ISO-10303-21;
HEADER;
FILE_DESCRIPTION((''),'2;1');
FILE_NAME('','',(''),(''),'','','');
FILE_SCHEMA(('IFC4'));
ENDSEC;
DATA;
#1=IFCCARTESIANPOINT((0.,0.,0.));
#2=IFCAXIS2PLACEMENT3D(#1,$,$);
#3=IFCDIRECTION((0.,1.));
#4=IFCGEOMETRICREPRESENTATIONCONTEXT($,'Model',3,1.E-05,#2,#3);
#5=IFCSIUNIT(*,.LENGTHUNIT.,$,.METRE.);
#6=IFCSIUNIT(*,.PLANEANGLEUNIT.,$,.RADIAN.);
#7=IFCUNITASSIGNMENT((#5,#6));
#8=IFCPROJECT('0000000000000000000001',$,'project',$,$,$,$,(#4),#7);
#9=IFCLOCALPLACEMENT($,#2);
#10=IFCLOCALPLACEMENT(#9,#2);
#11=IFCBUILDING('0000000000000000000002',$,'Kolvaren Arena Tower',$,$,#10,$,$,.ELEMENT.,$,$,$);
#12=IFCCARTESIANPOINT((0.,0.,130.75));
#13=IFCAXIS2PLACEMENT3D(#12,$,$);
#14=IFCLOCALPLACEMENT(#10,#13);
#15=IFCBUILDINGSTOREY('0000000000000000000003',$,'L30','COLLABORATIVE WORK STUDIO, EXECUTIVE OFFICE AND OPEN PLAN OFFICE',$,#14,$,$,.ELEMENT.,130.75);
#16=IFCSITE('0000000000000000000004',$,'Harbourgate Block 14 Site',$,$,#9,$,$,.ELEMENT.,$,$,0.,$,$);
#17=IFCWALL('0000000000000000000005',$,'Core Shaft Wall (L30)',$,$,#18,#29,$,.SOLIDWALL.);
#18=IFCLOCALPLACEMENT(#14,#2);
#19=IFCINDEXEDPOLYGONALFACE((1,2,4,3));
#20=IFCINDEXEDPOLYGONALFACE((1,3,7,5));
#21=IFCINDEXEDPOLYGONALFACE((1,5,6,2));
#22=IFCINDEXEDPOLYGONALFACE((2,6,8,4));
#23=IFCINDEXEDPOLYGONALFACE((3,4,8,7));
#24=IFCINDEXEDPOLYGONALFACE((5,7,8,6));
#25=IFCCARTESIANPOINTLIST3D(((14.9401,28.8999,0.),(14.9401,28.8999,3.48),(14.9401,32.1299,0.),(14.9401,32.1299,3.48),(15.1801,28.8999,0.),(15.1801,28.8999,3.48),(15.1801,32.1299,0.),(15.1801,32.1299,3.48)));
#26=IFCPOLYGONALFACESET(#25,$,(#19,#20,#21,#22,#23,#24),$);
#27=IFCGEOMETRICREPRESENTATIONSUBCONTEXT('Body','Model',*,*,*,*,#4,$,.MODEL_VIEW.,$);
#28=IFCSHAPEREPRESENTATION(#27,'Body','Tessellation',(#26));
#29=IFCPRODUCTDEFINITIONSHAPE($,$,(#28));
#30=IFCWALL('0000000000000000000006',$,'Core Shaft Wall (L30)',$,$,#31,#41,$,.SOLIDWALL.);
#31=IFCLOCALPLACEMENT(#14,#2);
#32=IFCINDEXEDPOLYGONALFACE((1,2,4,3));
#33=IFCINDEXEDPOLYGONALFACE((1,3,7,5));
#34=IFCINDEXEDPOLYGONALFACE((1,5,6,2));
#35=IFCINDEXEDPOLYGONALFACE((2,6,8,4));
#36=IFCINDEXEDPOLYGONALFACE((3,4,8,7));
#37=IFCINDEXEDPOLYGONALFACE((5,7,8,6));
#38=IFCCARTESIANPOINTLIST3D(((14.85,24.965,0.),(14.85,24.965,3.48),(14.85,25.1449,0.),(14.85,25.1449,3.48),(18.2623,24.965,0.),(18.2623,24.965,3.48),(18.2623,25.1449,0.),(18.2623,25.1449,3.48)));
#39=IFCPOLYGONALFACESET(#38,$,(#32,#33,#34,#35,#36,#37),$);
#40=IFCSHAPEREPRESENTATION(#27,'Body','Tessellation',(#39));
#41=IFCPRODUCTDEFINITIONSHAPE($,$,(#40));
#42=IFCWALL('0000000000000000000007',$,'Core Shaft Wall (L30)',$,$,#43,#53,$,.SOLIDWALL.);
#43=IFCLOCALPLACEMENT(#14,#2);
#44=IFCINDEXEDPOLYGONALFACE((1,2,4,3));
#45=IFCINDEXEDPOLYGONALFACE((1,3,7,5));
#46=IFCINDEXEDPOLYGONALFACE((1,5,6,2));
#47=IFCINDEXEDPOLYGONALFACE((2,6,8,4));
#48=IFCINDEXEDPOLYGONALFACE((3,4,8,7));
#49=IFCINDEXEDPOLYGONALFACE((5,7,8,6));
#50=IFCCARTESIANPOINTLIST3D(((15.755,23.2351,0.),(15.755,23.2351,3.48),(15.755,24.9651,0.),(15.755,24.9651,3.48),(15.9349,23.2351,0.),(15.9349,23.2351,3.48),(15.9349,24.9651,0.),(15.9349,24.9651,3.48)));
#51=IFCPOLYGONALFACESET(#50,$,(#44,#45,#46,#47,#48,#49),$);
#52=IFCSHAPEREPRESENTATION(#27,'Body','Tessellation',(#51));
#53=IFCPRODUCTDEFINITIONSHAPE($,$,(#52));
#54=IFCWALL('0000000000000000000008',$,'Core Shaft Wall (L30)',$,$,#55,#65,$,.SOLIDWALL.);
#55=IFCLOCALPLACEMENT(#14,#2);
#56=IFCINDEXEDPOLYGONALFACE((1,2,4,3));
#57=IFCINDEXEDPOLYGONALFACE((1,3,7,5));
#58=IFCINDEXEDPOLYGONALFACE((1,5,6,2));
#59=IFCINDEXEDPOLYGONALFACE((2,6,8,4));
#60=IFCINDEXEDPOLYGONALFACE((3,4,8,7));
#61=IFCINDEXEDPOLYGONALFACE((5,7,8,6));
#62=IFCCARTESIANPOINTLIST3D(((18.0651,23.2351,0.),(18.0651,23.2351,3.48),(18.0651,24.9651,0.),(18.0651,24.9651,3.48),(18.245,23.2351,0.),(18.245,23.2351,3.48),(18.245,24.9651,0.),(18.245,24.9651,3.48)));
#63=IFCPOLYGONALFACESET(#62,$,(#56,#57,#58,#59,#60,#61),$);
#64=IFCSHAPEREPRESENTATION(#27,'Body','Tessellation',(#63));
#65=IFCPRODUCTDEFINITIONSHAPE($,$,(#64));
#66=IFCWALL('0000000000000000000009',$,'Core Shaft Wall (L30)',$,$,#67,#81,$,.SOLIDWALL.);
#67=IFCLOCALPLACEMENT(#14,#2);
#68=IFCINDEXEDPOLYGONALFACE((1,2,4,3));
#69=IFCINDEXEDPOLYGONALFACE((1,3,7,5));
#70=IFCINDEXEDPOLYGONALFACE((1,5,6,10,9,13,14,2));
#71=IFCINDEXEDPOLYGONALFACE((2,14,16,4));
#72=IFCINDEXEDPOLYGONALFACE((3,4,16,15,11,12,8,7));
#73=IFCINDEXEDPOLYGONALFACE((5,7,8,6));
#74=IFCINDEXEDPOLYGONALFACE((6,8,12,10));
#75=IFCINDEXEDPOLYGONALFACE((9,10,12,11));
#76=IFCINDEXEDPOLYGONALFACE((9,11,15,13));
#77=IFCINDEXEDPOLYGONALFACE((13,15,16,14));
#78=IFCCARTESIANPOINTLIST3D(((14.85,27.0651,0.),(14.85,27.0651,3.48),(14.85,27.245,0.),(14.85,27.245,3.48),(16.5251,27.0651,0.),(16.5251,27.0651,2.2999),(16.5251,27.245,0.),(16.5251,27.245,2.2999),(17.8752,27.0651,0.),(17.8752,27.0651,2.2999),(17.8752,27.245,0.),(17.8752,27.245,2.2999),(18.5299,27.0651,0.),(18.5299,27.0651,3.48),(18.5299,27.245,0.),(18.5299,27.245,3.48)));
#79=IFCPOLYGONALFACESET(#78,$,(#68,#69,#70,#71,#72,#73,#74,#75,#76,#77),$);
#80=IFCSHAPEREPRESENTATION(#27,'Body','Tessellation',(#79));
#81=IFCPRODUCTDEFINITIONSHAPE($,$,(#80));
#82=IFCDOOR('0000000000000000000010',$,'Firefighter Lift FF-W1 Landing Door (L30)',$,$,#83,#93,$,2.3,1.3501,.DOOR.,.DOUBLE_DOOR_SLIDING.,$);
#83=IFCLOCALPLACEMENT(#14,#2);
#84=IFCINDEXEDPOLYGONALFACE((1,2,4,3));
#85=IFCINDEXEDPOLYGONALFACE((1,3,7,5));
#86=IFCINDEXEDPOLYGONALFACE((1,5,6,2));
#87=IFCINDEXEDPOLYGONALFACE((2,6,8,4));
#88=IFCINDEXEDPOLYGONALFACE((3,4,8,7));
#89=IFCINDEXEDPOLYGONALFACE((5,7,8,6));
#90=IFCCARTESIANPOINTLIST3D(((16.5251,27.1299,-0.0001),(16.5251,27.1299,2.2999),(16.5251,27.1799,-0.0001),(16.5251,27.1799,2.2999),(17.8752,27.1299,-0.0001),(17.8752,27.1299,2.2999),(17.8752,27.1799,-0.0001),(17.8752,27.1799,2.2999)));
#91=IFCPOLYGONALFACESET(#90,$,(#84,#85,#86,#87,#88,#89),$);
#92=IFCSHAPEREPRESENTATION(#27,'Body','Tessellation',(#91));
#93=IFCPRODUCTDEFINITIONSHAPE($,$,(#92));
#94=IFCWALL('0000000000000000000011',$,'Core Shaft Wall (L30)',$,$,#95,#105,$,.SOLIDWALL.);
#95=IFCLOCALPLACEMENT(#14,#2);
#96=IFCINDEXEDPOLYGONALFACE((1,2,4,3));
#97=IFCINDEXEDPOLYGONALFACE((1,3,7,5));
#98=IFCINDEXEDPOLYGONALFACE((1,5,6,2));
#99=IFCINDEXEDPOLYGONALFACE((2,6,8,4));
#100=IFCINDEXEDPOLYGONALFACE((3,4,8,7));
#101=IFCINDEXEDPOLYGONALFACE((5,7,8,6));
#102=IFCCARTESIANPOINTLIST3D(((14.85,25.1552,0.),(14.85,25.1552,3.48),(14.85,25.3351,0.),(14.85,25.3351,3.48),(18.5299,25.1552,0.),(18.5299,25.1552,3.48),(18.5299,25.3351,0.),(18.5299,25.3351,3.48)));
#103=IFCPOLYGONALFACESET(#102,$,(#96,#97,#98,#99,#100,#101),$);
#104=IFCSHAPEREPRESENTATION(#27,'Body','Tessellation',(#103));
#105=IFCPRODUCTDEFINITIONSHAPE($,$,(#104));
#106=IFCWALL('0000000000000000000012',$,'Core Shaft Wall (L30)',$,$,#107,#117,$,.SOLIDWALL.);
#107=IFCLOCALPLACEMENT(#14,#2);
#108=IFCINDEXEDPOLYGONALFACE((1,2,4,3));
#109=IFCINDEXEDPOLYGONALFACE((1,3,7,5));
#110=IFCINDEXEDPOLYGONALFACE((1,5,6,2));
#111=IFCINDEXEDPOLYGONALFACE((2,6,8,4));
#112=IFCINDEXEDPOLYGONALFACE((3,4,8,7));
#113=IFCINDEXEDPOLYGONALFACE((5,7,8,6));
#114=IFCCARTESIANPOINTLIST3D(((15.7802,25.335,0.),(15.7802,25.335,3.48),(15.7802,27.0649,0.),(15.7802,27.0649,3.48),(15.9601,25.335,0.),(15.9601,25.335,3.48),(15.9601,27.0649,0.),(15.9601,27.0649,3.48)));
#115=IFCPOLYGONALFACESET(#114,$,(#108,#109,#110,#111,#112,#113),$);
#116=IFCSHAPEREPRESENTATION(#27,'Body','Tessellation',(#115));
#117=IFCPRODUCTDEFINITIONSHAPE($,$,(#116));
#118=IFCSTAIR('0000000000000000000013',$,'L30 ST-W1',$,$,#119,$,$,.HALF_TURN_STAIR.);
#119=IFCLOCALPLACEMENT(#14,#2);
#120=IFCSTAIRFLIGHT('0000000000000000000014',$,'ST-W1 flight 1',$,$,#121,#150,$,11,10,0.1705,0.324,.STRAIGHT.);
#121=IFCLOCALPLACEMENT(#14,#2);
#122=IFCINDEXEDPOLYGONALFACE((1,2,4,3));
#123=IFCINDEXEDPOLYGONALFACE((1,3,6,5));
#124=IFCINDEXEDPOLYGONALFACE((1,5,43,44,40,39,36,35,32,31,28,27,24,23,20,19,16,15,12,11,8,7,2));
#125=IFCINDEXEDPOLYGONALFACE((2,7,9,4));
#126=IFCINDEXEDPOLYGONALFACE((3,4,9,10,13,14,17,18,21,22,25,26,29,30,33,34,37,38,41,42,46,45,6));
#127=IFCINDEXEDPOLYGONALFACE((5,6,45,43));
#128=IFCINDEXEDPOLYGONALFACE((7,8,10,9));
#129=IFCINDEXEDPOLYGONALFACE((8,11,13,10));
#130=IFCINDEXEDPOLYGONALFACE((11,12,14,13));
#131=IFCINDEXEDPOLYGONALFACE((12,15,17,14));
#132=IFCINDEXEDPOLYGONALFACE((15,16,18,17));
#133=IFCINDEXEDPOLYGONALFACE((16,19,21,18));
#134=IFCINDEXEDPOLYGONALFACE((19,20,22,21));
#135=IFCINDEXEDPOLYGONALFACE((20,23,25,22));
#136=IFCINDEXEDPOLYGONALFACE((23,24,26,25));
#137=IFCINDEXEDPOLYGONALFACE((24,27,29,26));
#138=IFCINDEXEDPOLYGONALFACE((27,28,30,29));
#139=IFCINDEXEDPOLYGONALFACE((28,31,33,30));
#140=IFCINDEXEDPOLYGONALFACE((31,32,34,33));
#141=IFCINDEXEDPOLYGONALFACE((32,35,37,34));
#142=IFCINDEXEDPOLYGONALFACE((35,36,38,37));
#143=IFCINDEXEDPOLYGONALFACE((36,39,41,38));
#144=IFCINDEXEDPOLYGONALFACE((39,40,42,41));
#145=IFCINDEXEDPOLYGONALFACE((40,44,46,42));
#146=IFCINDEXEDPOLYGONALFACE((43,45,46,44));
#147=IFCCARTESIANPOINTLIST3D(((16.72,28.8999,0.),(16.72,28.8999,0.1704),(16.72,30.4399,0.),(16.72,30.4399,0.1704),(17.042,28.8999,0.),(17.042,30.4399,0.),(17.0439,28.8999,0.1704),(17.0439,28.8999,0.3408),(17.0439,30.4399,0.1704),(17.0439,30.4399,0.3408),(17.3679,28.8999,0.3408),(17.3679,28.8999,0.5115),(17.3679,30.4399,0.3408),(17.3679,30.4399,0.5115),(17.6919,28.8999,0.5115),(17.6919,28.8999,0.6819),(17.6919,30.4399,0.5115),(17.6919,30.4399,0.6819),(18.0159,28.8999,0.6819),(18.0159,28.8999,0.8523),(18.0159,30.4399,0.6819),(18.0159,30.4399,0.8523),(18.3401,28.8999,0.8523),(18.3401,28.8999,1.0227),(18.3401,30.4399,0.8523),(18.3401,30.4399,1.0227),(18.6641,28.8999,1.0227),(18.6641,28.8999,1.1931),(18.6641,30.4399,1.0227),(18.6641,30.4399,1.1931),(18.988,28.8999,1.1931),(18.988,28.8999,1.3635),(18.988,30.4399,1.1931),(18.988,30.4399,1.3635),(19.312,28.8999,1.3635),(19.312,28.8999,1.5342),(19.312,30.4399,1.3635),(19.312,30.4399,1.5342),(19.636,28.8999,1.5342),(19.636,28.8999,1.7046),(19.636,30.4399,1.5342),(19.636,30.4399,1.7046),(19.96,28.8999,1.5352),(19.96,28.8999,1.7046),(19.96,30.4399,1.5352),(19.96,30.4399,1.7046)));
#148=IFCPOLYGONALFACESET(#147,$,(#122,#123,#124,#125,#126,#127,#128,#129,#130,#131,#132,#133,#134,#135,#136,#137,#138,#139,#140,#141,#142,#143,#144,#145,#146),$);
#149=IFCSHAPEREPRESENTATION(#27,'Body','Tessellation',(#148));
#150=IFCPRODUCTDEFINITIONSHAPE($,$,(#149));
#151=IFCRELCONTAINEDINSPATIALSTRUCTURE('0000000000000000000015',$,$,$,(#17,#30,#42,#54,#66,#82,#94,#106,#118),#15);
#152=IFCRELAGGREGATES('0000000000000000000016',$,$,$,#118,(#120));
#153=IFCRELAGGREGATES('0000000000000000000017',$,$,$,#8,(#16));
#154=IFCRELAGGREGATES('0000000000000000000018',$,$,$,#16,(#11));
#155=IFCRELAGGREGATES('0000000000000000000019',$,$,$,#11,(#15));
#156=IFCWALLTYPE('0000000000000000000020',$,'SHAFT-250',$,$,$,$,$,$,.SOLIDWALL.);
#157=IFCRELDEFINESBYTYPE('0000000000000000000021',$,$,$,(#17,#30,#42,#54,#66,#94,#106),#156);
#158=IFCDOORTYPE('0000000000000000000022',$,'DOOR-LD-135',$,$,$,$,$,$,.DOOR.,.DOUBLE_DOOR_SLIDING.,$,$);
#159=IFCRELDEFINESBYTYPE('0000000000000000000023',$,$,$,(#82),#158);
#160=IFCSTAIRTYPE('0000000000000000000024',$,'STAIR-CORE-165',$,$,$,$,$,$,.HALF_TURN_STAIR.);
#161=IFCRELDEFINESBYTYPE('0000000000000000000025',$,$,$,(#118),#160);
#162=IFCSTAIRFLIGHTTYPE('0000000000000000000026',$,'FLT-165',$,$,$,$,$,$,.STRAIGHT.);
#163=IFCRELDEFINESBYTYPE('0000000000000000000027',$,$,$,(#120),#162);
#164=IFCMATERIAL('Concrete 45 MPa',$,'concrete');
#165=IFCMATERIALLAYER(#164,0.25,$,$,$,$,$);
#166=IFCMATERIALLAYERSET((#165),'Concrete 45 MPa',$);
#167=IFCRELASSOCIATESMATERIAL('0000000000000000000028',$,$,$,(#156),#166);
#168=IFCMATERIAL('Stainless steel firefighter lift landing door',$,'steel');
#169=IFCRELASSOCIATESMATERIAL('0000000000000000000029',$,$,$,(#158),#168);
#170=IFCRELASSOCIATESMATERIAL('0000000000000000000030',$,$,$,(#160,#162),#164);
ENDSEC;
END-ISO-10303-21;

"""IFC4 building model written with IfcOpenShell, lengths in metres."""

from ifc_helpers import new_model, si_unit, direction, frame, frame_2d, origin, place, context, subcontext, project, spatial, polyline, rectangle, outline, extrude, material, layer, layer_set, type_object, element, fill, aggregate, save


model = new_model("IFC4")

# Units and contexts
model_context = context("Model", 3, precision=1e-05, world=origin(), true_north=direction((0.0, 1.0)))
body_context = subcontext(model_context, "Body", "Model", "MODEL_VIEW")
ifc_project = project(units=[si_unit("LENGTHUNIT", "METRE"), si_unit("PLANEANGLEUNIT", "RADIAN")], contexts=[model_context])

# Site, building, storey
site_placement = place(None, origin())
site = spatial("IfcSite", under=ifc_project, at=site_placement, Name="Harbourgate Block 14 Site", CompositionType="ELEMENT", RefElevation=0.0)
building_placement = place(site_placement, origin())
building = spatial("IfcBuilding", under=site, at=building_placement, Name="Kolvaren Arena Tower", CompositionType="ELEMENT")
storey_placement = place(building_placement, frame((0.0, 0.0, 130.75)))
storey = spatial("IfcBuildingStorey", under=building, at=storey_placement, Name="L30", Description="COLLABORATIVE WORK STUDIO, EXECUTIVE OFFICE AND OPEN PLAN OFFICE", CompositionType="ELEMENT", Elevation=130.75)

# Walls
ifc_material_1 = material(Name="Concrete 45 MPa", Category="concrete")
ifc_layer_1 = layer(ifc_material_1, 0.25)
ifc_layer_set_1 = layer_set([ifc_layer_1], Name="Concrete 45 MPa")
wall_type_1 = type_object("IfcWallType", Name="SHAFT-250", PredefinedType="SOLIDWALL", material=ifc_layer_set_1)
wall_1_placement = place(storey_placement, frame((15.0601, 28.8999, 0.0), z_axis=(0.0, 0.0, 1.0), x_axis=(0.0, 1.0, 0.0)))
element("IfcWall", 1, at=wall_1_placement, inside=storey, type_object=wall_type_1, Name="Core Shaft Wall (L30)", PredefinedType="SOLIDWALL", context=body_context, shape_type="SweptSolid", body=[
    extrude(rectangle(XDim=3.23, YDim=0.24, at=frame_2d((1.615, 0.0))), origin(), (0.0, 0.0, 1.0), 3.48),
])
wall_2_placement = place(storey_placement, frame((14.8501, 25.0549, 0.0), z_axis=(0.0, 0.0, 1.0), x_axis=(1.0, 0.0, 0.0)))
element("IfcWall", 2, at=wall_2_placement, inside=storey, type_object=wall_type_1, Name="Core Shaft Wall (L30)", PredefinedType="SOLIDWALL", context=body_context, shape_type="SweptSolid", body=[
    extrude(rectangle(XDim=3.4124, YDim=0.1799, at=frame_2d((1.7061, 0.0))), origin(), (0.0, 0.0, 1.0), 3.48),
])
for number, where, z_axis, x_axis, name in (
    (3, (15.845, 23.2351, 0.0), (0.0, 0.0, 1.0), (0.0, 1.0, 0.0), "Core Shaft Wall (L30)"),
    (4, (18.155, 23.2351, 0.0), (0.0, 0.0, 1.0), (0.0, 1.0, 0.0), "Core Shaft Wall (L30)"),
):
    element("IfcWall", number, at=place(storey_placement, frame(where, z_axis=z_axis, x_axis=x_axis)), inside=storey, type_object=wall_type_1, Name=name, PredefinedType="SOLIDWALL", context=body_context, shape_type="SweptSolid", body=[
        extrude(rectangle(XDim=1.73, YDim=0.1799, at=frame_2d((0.865, 0.0))), origin(), (0.0, 0.0, 1.0), 3.48),
    ])

# Wall, opening, door
wall_3_placement = place(storey_placement, frame((14.8501, 27.155, 0.0), z_axis=(0.0, 0.0, 1.0), x_axis=(1.0, 0.0, 0.0)))
wall_3 = element("IfcWall", 5, at=wall_3_placement, inside=storey, type_object=wall_type_1, Name="Core Shaft Wall (L30)", PredefinedType="SOLIDWALL", context=body_context, shape_type="SweptSolid", body=[
    extrude(rectangle(XDim=3.6799, YDim=0.1799, at=frame_2d((1.8398, 0.0))), origin(), (0.0, 0.0, 1.0), 3.48),
])
opening_placement = place(wall_3_placement, frame((1.675, 0.0, 0.0)))
opening = element("IfcOpeningElement", 6, at=opening_placement, cuts=wall_3, PredefinedType="OPENING", context=body_context, shape_type="SweptSolid", body=[
    extrude(rectangle(XDim=1.3501, YDim=2.3, at=frame_2d((0.675, 1.1499))), frame((0.0, 0.0999, 0.0), z_axis=(0.0, -1.0, 0.0), x_axis=(1.0, 0.0, 0.0)), (0.0, 0.0, 1.0), 0.2),
])
ifc_material_2 = material(Name="Stainless steel firefighter lift landing door", Category="steel")
door_type = type_object("IfcDoorType", Name="DOOR-LD-135", OperationType="DOUBLE_DOOR_SLIDING", PredefinedType="DOOR", material=ifc_material_2)
door_placement = place(opening_placement, origin())
door = element("IfcDoor", 7, at=door_placement, inside=storey, type_object=door_type, Name="Firefighter Lift FF-W1 Landing Door (L30)", OperationType="DOUBLE_DOOR_SLIDING", OverallHeight=2.3, OverallWidth=1.3501, PredefinedType="DOOR", context=body_context, shape_type="SweptSolid", body=[
    extrude(rectangle(XDim=1.3501, YDim=2.3, at=frame_2d((0.675, 1.1499))), frame((0.0, 0.0249, 0.0), z_axis=(0.0, -1.0, 0.0), x_axis=(1.0, 0.0, 0.0)), (0.0, 0.0, 1.0), 0.05),
])
fill(opening, door)

# Walls
wall_4_placement = place(storey_placement, frame((14.8501, 25.2451, 0.0), z_axis=(0.0, 0.0, 1.0), x_axis=(1.0, 0.0, 0.0)))
element("IfcWall", 8, at=wall_4_placement, inside=storey, type_object=wall_type_1, Name="Core Shaft Wall (L30)", PredefinedType="SOLIDWALL", context=body_context, shape_type="SweptSolid", body=[
    extrude(rectangle(XDim=3.6799, YDim=0.1799, at=frame_2d((1.8398, 0.0))), origin(), (0.0, 0.0, 1.0), 3.48),
])
wall_5_placement = place(storey_placement, frame((15.8701, 25.335, 0.0), z_axis=(0.0, 0.0, 1.0), x_axis=(0.0, 1.0, 0.0)))
element("IfcWall", 9, at=wall_5_placement, inside=storey, type_object=wall_type_1, Name="Core Shaft Wall (L30)", PredefinedType="SOLIDWALL", context=body_context, shape_type="SweptSolid", body=[
    extrude(rectangle(XDim=1.73, YDim=0.1799, at=frame_2d((0.865, 0.0))), origin(), (0.0, 0.0, 1.0), 3.48),
])

# Stair, stair flight
stair_type = type_object("IfcStairType", Name="STAIR-CORE-165", PredefinedType="HALF_TURN_STAIR", material=ifc_material_1)
stair_placement = place(storey_placement, origin())
stair = element("IfcStair", 10, at=stair_placement, inside=storey, type_object=stair_type, Name="L30 ST-W1", PredefinedType="HALF_TURN_STAIR")
stair_flight_type = type_object("IfcStairFlightType", Name="FLT-165", PredefinedType="STRAIGHT", material=ifc_material_1)
stair_flight_placement = place(storey_placement, frame((16.72, 29.6699, 0.0), z_axis=(0.0, 0.0, 1.0), x_axis=(1.0, 0.0, 0.0)))
stair_flight = element("IfcStairFlight", 11, at=stair_flight_placement, type_object=stair_flight_type, Name="ST-W1 flight 1", NumberOfRisers=11, NumberOfTreads=10, PredefinedType="STRAIGHT", RiserHeight=0.1705, TreadLength=0.324, context=body_context, shape_type="SweptSolid", body=[
    extrude(outline(polyline([(0.0, 0.0), (0.0, 0.1704), (0.324, 0.1704), (0.324, 0.3408), (0.6479, 0.3408), (0.6479, 0.5115), (0.9719, 0.5115), (0.9719, 0.6819), (1.2959, 0.6819), (1.2959, 0.8523), (1.6201, 0.8523), (1.6201, 1.0227), (1.9441, 1.0227), (1.9441, 1.1931), (2.2681, 1.1931), (2.2681, 1.3635), (2.592, 1.3635), (2.592, 1.5342), (2.916, 1.5342), (2.916, 1.7046), (3.24, 1.7046), (3.24, 1.875), (3.24, 1.5352), (0.322, 0.0), (0.0, 0.0)])), frame((0.0, 0.77, 0.0), z_axis=(0.0, -1.0, 0.0), x_axis=(1.0, 0.0, 0.0)), (0.0, 0.0, 1.0), 1.54),
])
aggregate(stair, [stair_flight])

save(model, "model.ifc")
